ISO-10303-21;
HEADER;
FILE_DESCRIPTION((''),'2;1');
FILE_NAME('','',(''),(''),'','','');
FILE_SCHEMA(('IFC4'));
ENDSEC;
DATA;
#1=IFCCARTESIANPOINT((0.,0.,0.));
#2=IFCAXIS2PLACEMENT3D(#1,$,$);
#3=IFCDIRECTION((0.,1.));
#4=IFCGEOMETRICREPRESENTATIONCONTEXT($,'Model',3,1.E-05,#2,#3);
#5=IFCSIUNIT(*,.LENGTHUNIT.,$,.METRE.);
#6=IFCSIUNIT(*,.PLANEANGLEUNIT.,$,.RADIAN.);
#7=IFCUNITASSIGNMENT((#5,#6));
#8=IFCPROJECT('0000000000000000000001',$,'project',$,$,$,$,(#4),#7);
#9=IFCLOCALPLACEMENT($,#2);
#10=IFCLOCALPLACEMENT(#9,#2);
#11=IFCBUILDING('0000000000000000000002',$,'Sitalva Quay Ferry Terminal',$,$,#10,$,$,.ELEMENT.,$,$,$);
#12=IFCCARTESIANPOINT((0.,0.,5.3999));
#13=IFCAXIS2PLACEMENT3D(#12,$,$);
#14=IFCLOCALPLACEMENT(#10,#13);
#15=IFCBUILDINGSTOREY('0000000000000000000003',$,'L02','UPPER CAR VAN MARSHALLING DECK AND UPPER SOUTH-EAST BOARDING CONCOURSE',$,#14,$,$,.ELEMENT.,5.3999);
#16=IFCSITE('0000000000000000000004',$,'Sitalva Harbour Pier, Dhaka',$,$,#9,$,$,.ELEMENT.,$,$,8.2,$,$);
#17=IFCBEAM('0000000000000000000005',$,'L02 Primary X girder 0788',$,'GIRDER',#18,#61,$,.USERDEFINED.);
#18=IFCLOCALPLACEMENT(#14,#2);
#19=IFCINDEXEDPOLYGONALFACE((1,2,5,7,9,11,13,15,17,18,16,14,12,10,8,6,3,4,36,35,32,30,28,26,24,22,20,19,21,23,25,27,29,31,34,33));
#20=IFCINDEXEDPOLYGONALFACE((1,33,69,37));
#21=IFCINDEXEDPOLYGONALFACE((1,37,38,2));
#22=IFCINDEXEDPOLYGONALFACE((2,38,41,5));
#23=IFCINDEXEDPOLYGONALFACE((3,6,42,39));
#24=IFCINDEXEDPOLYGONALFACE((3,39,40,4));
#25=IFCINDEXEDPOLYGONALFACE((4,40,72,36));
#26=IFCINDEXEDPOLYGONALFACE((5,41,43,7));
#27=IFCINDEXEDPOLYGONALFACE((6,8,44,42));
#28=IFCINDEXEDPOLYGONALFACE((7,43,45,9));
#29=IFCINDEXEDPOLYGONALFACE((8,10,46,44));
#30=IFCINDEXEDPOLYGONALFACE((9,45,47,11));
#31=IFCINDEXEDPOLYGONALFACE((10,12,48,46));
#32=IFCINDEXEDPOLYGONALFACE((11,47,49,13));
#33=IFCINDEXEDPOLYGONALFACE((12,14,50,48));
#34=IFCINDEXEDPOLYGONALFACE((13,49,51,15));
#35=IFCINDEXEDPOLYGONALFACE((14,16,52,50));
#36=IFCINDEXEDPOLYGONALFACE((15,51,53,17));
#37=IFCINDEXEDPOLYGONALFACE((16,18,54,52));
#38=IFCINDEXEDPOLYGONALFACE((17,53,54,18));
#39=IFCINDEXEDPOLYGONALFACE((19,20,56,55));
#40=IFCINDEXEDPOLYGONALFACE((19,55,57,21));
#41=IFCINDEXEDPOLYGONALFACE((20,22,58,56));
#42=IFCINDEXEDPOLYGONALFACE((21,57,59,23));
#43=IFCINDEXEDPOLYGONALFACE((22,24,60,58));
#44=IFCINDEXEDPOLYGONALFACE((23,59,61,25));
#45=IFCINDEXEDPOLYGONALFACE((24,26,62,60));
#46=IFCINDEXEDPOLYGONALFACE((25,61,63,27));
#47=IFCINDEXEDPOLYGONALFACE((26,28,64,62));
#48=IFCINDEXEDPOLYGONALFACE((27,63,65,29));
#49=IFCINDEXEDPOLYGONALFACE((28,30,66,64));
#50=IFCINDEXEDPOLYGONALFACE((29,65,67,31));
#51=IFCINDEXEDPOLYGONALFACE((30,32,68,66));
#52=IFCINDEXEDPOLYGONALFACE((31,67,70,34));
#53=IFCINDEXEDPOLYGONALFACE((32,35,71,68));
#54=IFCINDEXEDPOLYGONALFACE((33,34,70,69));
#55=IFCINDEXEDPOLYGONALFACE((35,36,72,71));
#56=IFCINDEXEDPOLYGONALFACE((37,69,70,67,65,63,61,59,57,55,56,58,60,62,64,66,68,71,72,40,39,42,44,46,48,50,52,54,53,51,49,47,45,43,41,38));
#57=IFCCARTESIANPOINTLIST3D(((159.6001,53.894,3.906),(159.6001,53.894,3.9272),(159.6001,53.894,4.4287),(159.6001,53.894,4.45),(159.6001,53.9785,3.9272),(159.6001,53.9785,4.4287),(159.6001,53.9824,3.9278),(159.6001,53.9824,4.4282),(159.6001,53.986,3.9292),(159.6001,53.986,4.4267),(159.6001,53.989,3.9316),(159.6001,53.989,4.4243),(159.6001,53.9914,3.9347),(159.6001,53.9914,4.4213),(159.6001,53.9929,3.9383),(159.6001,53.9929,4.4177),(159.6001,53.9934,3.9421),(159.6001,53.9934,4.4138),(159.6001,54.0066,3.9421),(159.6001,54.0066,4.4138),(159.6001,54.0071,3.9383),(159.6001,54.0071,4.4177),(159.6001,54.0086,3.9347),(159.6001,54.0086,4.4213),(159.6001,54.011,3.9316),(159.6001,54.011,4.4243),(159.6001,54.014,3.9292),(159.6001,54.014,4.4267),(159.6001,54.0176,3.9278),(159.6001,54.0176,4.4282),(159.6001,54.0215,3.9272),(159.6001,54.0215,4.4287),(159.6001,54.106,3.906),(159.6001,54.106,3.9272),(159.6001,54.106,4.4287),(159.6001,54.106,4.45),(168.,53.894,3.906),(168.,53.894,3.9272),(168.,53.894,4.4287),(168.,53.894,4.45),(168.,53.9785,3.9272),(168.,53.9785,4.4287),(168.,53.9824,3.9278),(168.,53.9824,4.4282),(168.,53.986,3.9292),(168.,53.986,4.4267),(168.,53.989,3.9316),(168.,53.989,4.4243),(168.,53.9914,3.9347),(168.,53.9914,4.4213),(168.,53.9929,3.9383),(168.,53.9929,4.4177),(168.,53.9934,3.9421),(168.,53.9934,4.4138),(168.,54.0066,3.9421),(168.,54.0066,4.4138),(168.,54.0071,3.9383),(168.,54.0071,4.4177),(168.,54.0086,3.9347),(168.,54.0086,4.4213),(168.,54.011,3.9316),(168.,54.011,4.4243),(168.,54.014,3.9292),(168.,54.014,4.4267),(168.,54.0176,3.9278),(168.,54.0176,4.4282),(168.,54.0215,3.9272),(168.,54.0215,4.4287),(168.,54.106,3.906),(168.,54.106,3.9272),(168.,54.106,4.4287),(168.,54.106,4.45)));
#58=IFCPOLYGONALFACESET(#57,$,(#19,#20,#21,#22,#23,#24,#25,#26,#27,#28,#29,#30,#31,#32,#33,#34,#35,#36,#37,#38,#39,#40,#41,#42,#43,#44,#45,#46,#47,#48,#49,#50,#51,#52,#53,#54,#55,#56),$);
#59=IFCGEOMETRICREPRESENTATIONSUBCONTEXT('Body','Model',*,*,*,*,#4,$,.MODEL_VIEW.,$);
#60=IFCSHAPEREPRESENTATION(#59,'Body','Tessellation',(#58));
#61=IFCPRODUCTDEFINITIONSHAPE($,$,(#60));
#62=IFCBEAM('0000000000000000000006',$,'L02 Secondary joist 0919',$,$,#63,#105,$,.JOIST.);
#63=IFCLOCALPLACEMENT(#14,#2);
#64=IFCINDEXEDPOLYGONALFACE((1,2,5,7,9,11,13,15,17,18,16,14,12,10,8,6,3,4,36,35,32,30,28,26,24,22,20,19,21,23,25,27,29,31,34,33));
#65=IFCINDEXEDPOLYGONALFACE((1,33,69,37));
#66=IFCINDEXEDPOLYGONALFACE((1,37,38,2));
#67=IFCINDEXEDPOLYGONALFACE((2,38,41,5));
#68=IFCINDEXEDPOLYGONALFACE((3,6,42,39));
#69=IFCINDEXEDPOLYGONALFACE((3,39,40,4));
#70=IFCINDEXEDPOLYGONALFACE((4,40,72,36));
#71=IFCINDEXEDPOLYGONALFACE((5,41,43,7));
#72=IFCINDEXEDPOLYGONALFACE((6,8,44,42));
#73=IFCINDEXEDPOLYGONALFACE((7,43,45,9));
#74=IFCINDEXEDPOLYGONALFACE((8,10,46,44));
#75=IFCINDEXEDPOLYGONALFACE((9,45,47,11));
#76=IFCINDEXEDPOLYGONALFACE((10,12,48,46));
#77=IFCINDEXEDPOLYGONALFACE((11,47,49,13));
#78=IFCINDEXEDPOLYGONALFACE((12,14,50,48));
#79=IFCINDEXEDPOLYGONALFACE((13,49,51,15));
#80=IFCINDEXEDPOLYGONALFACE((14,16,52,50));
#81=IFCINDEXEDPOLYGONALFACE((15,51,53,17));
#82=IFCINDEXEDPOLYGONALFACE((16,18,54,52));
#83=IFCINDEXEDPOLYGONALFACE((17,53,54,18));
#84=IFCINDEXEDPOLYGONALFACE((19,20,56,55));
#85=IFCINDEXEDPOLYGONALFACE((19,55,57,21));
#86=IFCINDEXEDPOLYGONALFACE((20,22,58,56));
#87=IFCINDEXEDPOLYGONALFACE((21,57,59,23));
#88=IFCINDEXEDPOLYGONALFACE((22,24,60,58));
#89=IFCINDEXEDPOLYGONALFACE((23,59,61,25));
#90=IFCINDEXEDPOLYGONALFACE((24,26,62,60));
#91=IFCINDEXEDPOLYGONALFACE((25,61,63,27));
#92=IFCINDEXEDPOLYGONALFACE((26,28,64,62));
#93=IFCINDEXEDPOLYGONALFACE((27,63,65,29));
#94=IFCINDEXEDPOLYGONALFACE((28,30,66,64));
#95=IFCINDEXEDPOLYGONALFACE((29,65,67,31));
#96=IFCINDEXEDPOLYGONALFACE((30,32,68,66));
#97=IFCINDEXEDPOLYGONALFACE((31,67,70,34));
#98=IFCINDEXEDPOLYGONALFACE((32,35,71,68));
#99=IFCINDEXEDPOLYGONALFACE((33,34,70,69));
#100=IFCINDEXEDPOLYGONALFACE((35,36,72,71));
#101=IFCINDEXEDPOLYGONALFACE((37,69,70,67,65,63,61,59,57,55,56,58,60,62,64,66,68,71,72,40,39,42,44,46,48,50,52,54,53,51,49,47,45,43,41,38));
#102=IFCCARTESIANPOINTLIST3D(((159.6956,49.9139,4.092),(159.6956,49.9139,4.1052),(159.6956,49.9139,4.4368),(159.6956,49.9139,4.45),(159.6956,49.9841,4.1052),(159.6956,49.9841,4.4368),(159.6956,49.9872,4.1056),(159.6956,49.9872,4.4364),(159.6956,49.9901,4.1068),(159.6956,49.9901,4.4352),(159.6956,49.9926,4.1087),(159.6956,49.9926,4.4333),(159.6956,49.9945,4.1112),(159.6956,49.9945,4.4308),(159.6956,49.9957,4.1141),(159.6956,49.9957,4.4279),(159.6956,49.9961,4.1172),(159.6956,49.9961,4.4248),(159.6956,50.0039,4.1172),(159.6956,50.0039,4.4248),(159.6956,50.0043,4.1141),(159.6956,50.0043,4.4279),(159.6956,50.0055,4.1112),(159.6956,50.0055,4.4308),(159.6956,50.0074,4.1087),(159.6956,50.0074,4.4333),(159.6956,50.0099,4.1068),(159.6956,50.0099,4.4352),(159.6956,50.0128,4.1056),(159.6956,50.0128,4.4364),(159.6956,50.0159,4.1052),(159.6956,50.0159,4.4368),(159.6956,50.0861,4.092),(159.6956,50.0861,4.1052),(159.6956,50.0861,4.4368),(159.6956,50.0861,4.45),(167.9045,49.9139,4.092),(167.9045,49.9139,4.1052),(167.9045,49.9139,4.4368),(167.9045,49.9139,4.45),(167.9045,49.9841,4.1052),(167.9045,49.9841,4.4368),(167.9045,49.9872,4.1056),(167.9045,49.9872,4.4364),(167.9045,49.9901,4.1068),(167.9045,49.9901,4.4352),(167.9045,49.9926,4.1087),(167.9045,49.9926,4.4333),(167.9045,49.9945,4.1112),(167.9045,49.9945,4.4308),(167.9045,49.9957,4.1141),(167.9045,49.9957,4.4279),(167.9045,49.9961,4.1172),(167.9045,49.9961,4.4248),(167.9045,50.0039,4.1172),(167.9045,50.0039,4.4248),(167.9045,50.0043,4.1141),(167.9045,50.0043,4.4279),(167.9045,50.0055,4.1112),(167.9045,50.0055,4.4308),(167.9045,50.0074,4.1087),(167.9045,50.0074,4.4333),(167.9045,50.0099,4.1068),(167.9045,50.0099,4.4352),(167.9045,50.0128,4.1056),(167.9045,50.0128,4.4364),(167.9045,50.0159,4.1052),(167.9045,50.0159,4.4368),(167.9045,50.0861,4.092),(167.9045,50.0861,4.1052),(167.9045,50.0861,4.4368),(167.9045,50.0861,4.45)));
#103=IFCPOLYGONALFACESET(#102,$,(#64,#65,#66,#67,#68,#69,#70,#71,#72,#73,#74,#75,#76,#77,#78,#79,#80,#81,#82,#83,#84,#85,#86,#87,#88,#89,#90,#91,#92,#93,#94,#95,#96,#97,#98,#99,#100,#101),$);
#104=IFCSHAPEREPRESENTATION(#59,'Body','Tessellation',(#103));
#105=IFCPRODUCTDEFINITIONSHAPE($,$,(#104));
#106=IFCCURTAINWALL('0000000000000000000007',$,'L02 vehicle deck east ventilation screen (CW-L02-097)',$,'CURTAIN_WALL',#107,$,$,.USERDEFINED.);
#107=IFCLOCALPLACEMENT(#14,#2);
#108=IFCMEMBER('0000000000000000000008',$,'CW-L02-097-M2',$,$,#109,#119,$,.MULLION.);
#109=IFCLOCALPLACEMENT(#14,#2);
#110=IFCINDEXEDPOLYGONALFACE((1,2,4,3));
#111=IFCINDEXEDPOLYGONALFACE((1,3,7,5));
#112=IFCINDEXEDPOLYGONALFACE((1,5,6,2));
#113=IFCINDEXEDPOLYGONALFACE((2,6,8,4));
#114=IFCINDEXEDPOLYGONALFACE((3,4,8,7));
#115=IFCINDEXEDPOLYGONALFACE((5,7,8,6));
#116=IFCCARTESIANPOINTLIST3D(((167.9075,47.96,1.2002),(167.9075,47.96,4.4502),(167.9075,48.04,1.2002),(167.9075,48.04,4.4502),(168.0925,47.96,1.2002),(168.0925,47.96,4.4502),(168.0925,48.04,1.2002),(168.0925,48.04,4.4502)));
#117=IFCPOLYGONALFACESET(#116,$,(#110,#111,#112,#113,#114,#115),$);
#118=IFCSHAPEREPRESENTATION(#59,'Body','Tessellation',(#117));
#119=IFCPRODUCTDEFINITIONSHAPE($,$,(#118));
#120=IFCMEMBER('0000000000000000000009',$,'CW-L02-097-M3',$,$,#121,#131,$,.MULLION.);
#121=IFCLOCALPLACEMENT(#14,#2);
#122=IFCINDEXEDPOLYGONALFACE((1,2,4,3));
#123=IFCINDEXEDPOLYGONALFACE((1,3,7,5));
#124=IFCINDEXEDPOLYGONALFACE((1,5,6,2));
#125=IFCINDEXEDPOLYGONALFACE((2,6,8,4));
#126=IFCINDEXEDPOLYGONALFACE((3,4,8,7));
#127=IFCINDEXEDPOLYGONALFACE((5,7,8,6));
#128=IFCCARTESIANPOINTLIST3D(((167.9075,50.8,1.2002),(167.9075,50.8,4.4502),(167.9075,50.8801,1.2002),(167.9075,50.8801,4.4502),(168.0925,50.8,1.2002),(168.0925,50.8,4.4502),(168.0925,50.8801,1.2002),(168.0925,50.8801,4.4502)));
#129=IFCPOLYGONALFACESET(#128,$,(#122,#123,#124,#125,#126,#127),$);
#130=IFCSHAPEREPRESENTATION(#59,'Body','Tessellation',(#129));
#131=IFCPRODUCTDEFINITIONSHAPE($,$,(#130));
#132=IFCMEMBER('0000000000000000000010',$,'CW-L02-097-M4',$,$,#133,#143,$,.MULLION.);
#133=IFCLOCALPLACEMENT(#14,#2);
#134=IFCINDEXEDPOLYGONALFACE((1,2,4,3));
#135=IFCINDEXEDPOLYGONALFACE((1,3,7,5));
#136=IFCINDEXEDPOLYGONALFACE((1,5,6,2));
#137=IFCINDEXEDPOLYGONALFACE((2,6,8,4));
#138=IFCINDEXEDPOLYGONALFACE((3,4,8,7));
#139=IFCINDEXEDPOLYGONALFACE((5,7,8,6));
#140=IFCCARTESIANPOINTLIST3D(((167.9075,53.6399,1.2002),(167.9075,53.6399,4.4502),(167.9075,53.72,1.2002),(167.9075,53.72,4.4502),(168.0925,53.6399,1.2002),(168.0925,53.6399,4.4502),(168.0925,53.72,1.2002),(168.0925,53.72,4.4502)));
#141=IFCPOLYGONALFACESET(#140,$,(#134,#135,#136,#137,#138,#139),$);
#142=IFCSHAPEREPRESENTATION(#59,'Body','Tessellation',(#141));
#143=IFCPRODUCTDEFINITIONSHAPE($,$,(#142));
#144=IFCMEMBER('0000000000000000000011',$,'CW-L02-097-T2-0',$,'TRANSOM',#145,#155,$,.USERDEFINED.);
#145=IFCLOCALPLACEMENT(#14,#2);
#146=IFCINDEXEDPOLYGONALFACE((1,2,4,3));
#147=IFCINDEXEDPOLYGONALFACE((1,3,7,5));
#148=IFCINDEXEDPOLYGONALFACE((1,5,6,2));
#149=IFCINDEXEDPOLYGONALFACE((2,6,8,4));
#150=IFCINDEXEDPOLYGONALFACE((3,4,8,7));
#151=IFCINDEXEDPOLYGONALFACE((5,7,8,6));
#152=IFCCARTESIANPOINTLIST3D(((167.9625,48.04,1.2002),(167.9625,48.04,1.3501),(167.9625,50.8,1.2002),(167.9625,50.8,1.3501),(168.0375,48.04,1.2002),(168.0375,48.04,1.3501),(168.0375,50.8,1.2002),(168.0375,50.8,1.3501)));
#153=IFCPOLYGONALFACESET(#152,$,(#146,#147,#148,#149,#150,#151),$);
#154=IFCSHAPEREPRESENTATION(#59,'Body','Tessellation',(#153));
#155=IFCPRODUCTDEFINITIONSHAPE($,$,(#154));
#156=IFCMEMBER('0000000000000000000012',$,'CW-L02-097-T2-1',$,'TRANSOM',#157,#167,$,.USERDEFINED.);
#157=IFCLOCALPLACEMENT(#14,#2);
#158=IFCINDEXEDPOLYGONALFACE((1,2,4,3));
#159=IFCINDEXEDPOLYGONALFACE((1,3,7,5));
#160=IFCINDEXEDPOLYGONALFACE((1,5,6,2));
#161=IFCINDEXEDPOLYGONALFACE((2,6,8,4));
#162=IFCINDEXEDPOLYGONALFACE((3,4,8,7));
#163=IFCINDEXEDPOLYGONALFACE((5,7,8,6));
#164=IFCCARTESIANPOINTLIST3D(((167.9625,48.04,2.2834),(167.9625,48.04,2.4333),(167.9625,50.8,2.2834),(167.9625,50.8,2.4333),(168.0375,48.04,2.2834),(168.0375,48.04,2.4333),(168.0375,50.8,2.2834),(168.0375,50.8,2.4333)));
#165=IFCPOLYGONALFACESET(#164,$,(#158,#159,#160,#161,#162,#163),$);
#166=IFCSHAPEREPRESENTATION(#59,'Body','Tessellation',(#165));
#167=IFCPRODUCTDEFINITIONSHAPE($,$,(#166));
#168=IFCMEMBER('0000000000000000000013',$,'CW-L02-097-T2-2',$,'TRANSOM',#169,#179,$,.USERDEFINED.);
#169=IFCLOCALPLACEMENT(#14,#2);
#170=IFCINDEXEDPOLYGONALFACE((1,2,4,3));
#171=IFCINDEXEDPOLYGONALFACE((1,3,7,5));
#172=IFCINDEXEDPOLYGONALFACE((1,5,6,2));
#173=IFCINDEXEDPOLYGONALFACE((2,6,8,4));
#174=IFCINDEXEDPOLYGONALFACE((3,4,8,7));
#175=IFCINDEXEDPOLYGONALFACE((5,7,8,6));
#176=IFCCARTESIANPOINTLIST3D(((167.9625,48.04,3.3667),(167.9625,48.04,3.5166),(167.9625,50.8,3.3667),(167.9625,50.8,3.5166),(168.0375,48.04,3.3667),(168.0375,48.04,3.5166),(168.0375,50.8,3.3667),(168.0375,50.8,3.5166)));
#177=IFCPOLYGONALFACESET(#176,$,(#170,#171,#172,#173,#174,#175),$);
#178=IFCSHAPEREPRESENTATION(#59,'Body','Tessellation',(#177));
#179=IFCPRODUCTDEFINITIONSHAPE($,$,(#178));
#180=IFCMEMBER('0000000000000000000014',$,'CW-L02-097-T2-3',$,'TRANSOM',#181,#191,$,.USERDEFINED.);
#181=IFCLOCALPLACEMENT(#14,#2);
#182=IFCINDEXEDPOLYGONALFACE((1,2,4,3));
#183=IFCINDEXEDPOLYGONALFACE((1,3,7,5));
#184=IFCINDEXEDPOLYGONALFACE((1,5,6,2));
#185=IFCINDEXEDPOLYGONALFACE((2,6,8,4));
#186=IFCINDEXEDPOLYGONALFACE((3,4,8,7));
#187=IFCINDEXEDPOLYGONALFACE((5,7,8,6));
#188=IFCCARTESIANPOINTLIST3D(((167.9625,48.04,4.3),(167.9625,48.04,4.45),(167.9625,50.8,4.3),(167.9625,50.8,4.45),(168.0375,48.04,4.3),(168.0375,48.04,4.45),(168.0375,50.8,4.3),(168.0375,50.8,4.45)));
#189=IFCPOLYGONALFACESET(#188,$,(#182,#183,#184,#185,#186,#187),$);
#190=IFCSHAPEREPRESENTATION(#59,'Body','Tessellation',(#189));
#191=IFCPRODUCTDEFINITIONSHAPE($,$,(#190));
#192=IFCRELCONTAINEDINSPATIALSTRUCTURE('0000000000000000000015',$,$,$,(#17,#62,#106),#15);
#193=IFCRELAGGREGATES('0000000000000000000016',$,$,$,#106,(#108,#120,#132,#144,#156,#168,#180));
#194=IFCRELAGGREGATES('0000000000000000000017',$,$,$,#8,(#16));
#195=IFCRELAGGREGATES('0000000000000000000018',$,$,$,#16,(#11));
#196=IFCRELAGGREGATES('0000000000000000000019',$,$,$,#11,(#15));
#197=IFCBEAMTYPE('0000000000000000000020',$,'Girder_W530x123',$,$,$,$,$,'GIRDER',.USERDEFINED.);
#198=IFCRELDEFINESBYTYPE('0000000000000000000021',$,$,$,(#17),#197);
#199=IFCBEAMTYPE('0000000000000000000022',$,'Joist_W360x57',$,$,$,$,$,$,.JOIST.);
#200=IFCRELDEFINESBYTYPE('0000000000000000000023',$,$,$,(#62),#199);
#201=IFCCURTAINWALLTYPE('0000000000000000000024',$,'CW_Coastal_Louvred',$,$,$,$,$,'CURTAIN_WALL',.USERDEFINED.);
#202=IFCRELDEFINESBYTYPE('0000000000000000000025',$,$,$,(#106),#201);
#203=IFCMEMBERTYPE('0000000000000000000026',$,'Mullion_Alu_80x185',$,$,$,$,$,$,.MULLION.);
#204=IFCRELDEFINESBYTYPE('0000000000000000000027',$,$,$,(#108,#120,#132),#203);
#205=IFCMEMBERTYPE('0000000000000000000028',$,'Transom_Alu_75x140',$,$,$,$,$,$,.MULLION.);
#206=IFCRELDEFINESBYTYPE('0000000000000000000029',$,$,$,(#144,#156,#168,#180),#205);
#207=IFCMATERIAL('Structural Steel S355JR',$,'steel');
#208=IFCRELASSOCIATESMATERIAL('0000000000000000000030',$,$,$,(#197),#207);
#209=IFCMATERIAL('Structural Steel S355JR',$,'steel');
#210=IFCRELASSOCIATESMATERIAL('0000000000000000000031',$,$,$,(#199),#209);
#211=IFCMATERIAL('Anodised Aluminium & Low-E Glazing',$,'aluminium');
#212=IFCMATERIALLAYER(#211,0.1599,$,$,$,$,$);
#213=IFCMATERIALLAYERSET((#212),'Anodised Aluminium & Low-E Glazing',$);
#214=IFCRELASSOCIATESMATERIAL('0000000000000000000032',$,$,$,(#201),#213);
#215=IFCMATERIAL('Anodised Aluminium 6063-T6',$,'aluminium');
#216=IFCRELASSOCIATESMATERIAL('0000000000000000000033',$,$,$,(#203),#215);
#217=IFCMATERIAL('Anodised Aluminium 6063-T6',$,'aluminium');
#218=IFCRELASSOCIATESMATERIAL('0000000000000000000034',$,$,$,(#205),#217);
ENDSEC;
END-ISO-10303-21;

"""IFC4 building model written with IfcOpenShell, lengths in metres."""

from ifc_helpers import new_model, si_unit, direction, frame, origin, origin_2d, place, context, subcontext, project, spatial, rectangle, i_section, extrude, material, layer, layer_set, material_profile, profile_set, type_object, element, aggregate, save


model = new_model("IFC4")

# Units and contexts
model_context = context("Model", 3, precision=1e-05, world=origin(), true_north=direction((0.0, 1.0)))
body_context = subcontext(model_context, "Body", "Model", "MODEL_VIEW")
ifc_project = project(units=[si_unit("LENGTHUNIT", "METRE"), si_unit("PLANEANGLEUNIT", "RADIAN")], contexts=[model_context])

# Site, building, storey
site_placement = place(None, origin())
site = spatial("IfcSite", under=ifc_project, at=site_placement, Name="Sitalva Harbour Pier, Dhaka", CompositionType="ELEMENT", RefElevation=8.2)
building_placement = place(site_placement, origin())
building = spatial("IfcBuilding", under=site, at=building_placement, Name="Sitalva Quay Ferry Terminal", CompositionType="ELEMENT")
storey_placement = place(building_placement, frame((0.0, 0.0, 5.3999)))
storey = spatial("IfcBuildingStorey", under=building, at=storey_placement, Name="L02", Description="UPPER CAR VAN MARSHALLING DECK AND UPPER SOUTH-EAST BOARDING CONCOURSE", CompositionType="ELEMENT", Elevation=5.3999)

# Beams
ifc_material_1 = material(Name="Structural Steel S355JR", Category="steel")
ifc_material_profile_1 = material_profile(ifc_material_1, i_section(OverallWidth=0.2119, OverallDepth=0.5439, WebThickness=0.0132, FlangeThickness=0.0212, FilletRadius=0.0149, at=origin_2d()), Name="W530x123")
ifc_profile_set_1 = profile_set([ifc_material_profile_1], Name="Structural Steel S355JR")
beam_type_1 = type_object("IfcBeamType", Name="Girder_W530x123", ElementType="GIRDER", PredefinedType="USERDEFINED", material=ifc_profile_set_1)
beam_1_placement = place(storey_placement, frame((159.6001, 54.0, 4.178), z_axis=(1.0, 0.0, 0.0), x_axis=(0.0, 1.0, 0.0)))
element("IfcBeam", 1, at=beam_1_placement, inside=storey, type_object=beam_type_1, Name="L02 Primary X girder 0788", ObjectType="GIRDER", PredefinedType="USERDEFINED", context=body_context, shape_type="SweptSolid", body=[
    extrude(i_section(OverallWidth=0.2119, OverallDepth=0.5439, WebThickness=0.0132, FlangeThickness=0.0212, FilletRadius=0.0149, at=origin_2d()), origin(), (0.0, 0.0, 1.0), 8.3999),
])
ifc_material_2 = material(Name="Structural Steel S355JR", Category="steel")
ifc_material_profile_2 = material_profile(ifc_material_2, i_section(OverallWidth=0.1721, OverallDepth=0.3579, WebThickness=0.0078, FlangeThickness=0.0132, FilletRadius=0.012, at=origin_2d()), Name="W360x57")
ifc_profile_set_2 = profile_set([ifc_material_profile_2], Name="Structural Steel S355JR")
beam_type_2 = type_object("IfcBeamType", Name="Joist_W360x57", PredefinedType="JOIST", material=ifc_profile_set_2)
beam_2_placement = place(storey_placement, frame((159.6956, 50.0, 4.271), z_axis=(1.0, 0.0, 0.0), x_axis=(0.0, 1.0, 0.0)))
element("IfcBeam", 2, at=beam_2_placement, inside=storey, type_object=beam_type_2, Name="L02 Secondary joist 0919", PredefinedType="JOIST", context=body_context, shape_type="SweptSolid", body=[
    extrude(i_section(OverallWidth=0.1721, OverallDepth=0.3579, WebThickness=0.0078, FlangeThickness=0.0132, FilletRadius=0.012, at=origin_2d()), origin(), (0.0, 0.0, 1.0), 8.209),
])

# Curtain wall, members
ifc_material_3 = material(Name="Anodised Aluminium & Low-E Glazing", Category="aluminium")
ifc_layer_1 = layer(ifc_material_3, 0.1599)
ifc_layer_set_1 = layer_set([ifc_layer_1], Name="Anodised Aluminium & Low-E Glazing")
curtain_wall_type = type_object("IfcCurtainWallType", Name="CW_Coastal_Louvred", ElementType="CURTAIN_WALL", PredefinedType="USERDEFINED", material=ifc_layer_set_1)
curtain_wall_placement = place(storey_placement, origin())
curtain_wall = element("IfcCurtainWall", 3, at=curtain_wall_placement, inside=storey, type_object=curtain_wall_type, Name="L02 vehicle deck east ventilation screen (CW-L02-097)", ObjectType="CURTAIN_WALL", PredefinedType="USERDEFINED")
ifc_material_4 = material(Name="Anodised Aluminium 6063-T6", Category="aluminium")
ifc_material_profile_3 = material_profile(ifc_material_4, rectangle(XDim=0.0801, YDim=0.1851, at=origin_2d()), Name="ALU80x185")
ifc_profile_set_3 = profile_set([ifc_material_profile_3], Name="Anodised Aluminium 6063-T6")
member_type_1 = type_object("IfcMemberType", Name="Mullion_Alu_80x185", PredefinedType="MULLION", material=ifc_profile_set_3)
member_1_placement = place(storey_placement, frame((168.0, 48.0, 1.2002), z_axis=(0.0, 0.0, 1.0), x_axis=(0.0, 1.0, 0.0)))
member_1 = element("IfcMember", 4, at=member_1_placement, type_object=member_type_1, Name="CW-L02-097-M2", PredefinedType="MULLION", context=body_context, shape_type="SweptSolid", body=[
    extrude(rectangle(XDim=0.0801, YDim=0.1851, at=origin_2d()), origin(), (0.0, 0.0, 1.0), 3.25),
])
member_2_placement = place(storey_placement, frame((168.0, 50.8401, 1.2002), z_axis=(0.0, 0.0, 1.0), x_axis=(0.0, 1.0, 0.0)))
member_2 = element("IfcMember", 5, at=member_2_placement, type_object=member_type_1, Name="CW-L02-097-M3", PredefinedType="MULLION", context=body_context, shape_type="SweptSolid", body=[
    extrude(rectangle(XDim=0.0801, YDim=0.1851, at=origin_2d()), origin(), (0.0, 0.0, 1.0), 3.25),
])
member_3_placement = place(storey_placement, frame((168.0, 53.6799, 1.2002), z_axis=(0.0, 0.0, 1.0), x_axis=(0.0, 1.0, 0.0)))
member_3 = element("IfcMember", 6, at=member_3_placement, type_object=member_type_1, Name="CW-L02-097-M4", PredefinedType="MULLION", context=body_context, shape_type="SweptSolid", body=[
    extrude(rectangle(XDim=0.0801, YDim=0.1851, at=origin_2d()), origin(), (0.0, 0.0, 1.0), 3.25),
])
ifc_material_5 = material(Name="Anodised Aluminium 6063-T6", Category="aluminium")
ifc_material_profile_4 = material_profile(ifc_material_5, rectangle(XDim=0.075, YDim=0.1499, at=origin_2d()), Name="ALU75x150")
ifc_profile_set_4 = profile_set([ifc_material_profile_4], Name="Anodised Aluminium 6063-T6")
member_type_2 = type_object("IfcMemberType", Name="Transom_Alu_75x140", PredefinedType="MULLION", material=ifc_profile_set_4)
member_4_placement = place(storey_placement, frame((168.0, 48.04, 1.2751), z_axis=(0.0, 1.0, 0.0), x_axis=(-1.0, 0.0, 0.0)))
member_4 = element("IfcMember", 7, at=member_4_placement, type_object=member_type_2, Name="CW-L02-097-T2-0", ObjectType="TRANSOM", PredefinedType="USERDEFINED", context=body_context, shape_type="SweptSolid", body=[
    extrude(rectangle(XDim=0.075, YDim=0.1499, at=origin_2d()), origin(), (0.0, 0.0, 1.0), 2.76),
])
member_5_placement = place(storey_placement, frame((168.0, 48.04, 2.3584), z_axis=(0.0, 1.0, 0.0), x_axis=(-1.0, 0.0, 0.0)))
member_5 = element("IfcMember", 8, at=member_5_placement, type_object=member_type_2, Name="CW-L02-097-T2-1", ObjectType="TRANSOM", PredefinedType="USERDEFINED", context=body_context, shape_type="SweptSolid", body=[
    extrude(rectangle(XDim=0.075, YDim=0.1499, at=origin_2d()), origin(), (0.0, 0.0, 1.0), 2.76),
])
member_6_placement = place(storey_placement, frame((168.0, 48.04, 3.4417), z_axis=(0.0, 1.0, 0.0), x_axis=(-1.0, 0.0, 0.0)))
member_6 = element("IfcMember", 9, at=member_6_placement, type_object=member_type_2, Name="CW-L02-097-T2-2", ObjectType="TRANSOM", PredefinedType="USERDEFINED", context=body_context, shape_type="SweptSolid", body=[
    extrude(rectangle(XDim=0.075, YDim=0.1499, at=origin_2d()), origin(), (0.0, 0.0, 1.0), 2.76),
])
member_7_placement = place(storey_placement, frame((168.0, 48.04, 4.375), z_axis=(0.0, 1.0, 0.0), x_axis=(-1.0, 0.0, 0.0)))
member_7 = element("IfcMember", 10, at=member_7_placement, type_object=member_type_2, Name="CW-L02-097-T2-3", ObjectType="TRANSOM", PredefinedType="USERDEFINED", context=body_context, shape_type="SweptSolid", body=[
    extrude(rectangle(XDim=0.075, YDim=0.1499, at=origin_2d()), origin(), (0.0, 0.0, 1.0), 2.76),
])
aggregate(curtain_wall, [member_1, member_2, member_3, member_4, member_5, member_6, member_7])

save(model, "model.ifc")
